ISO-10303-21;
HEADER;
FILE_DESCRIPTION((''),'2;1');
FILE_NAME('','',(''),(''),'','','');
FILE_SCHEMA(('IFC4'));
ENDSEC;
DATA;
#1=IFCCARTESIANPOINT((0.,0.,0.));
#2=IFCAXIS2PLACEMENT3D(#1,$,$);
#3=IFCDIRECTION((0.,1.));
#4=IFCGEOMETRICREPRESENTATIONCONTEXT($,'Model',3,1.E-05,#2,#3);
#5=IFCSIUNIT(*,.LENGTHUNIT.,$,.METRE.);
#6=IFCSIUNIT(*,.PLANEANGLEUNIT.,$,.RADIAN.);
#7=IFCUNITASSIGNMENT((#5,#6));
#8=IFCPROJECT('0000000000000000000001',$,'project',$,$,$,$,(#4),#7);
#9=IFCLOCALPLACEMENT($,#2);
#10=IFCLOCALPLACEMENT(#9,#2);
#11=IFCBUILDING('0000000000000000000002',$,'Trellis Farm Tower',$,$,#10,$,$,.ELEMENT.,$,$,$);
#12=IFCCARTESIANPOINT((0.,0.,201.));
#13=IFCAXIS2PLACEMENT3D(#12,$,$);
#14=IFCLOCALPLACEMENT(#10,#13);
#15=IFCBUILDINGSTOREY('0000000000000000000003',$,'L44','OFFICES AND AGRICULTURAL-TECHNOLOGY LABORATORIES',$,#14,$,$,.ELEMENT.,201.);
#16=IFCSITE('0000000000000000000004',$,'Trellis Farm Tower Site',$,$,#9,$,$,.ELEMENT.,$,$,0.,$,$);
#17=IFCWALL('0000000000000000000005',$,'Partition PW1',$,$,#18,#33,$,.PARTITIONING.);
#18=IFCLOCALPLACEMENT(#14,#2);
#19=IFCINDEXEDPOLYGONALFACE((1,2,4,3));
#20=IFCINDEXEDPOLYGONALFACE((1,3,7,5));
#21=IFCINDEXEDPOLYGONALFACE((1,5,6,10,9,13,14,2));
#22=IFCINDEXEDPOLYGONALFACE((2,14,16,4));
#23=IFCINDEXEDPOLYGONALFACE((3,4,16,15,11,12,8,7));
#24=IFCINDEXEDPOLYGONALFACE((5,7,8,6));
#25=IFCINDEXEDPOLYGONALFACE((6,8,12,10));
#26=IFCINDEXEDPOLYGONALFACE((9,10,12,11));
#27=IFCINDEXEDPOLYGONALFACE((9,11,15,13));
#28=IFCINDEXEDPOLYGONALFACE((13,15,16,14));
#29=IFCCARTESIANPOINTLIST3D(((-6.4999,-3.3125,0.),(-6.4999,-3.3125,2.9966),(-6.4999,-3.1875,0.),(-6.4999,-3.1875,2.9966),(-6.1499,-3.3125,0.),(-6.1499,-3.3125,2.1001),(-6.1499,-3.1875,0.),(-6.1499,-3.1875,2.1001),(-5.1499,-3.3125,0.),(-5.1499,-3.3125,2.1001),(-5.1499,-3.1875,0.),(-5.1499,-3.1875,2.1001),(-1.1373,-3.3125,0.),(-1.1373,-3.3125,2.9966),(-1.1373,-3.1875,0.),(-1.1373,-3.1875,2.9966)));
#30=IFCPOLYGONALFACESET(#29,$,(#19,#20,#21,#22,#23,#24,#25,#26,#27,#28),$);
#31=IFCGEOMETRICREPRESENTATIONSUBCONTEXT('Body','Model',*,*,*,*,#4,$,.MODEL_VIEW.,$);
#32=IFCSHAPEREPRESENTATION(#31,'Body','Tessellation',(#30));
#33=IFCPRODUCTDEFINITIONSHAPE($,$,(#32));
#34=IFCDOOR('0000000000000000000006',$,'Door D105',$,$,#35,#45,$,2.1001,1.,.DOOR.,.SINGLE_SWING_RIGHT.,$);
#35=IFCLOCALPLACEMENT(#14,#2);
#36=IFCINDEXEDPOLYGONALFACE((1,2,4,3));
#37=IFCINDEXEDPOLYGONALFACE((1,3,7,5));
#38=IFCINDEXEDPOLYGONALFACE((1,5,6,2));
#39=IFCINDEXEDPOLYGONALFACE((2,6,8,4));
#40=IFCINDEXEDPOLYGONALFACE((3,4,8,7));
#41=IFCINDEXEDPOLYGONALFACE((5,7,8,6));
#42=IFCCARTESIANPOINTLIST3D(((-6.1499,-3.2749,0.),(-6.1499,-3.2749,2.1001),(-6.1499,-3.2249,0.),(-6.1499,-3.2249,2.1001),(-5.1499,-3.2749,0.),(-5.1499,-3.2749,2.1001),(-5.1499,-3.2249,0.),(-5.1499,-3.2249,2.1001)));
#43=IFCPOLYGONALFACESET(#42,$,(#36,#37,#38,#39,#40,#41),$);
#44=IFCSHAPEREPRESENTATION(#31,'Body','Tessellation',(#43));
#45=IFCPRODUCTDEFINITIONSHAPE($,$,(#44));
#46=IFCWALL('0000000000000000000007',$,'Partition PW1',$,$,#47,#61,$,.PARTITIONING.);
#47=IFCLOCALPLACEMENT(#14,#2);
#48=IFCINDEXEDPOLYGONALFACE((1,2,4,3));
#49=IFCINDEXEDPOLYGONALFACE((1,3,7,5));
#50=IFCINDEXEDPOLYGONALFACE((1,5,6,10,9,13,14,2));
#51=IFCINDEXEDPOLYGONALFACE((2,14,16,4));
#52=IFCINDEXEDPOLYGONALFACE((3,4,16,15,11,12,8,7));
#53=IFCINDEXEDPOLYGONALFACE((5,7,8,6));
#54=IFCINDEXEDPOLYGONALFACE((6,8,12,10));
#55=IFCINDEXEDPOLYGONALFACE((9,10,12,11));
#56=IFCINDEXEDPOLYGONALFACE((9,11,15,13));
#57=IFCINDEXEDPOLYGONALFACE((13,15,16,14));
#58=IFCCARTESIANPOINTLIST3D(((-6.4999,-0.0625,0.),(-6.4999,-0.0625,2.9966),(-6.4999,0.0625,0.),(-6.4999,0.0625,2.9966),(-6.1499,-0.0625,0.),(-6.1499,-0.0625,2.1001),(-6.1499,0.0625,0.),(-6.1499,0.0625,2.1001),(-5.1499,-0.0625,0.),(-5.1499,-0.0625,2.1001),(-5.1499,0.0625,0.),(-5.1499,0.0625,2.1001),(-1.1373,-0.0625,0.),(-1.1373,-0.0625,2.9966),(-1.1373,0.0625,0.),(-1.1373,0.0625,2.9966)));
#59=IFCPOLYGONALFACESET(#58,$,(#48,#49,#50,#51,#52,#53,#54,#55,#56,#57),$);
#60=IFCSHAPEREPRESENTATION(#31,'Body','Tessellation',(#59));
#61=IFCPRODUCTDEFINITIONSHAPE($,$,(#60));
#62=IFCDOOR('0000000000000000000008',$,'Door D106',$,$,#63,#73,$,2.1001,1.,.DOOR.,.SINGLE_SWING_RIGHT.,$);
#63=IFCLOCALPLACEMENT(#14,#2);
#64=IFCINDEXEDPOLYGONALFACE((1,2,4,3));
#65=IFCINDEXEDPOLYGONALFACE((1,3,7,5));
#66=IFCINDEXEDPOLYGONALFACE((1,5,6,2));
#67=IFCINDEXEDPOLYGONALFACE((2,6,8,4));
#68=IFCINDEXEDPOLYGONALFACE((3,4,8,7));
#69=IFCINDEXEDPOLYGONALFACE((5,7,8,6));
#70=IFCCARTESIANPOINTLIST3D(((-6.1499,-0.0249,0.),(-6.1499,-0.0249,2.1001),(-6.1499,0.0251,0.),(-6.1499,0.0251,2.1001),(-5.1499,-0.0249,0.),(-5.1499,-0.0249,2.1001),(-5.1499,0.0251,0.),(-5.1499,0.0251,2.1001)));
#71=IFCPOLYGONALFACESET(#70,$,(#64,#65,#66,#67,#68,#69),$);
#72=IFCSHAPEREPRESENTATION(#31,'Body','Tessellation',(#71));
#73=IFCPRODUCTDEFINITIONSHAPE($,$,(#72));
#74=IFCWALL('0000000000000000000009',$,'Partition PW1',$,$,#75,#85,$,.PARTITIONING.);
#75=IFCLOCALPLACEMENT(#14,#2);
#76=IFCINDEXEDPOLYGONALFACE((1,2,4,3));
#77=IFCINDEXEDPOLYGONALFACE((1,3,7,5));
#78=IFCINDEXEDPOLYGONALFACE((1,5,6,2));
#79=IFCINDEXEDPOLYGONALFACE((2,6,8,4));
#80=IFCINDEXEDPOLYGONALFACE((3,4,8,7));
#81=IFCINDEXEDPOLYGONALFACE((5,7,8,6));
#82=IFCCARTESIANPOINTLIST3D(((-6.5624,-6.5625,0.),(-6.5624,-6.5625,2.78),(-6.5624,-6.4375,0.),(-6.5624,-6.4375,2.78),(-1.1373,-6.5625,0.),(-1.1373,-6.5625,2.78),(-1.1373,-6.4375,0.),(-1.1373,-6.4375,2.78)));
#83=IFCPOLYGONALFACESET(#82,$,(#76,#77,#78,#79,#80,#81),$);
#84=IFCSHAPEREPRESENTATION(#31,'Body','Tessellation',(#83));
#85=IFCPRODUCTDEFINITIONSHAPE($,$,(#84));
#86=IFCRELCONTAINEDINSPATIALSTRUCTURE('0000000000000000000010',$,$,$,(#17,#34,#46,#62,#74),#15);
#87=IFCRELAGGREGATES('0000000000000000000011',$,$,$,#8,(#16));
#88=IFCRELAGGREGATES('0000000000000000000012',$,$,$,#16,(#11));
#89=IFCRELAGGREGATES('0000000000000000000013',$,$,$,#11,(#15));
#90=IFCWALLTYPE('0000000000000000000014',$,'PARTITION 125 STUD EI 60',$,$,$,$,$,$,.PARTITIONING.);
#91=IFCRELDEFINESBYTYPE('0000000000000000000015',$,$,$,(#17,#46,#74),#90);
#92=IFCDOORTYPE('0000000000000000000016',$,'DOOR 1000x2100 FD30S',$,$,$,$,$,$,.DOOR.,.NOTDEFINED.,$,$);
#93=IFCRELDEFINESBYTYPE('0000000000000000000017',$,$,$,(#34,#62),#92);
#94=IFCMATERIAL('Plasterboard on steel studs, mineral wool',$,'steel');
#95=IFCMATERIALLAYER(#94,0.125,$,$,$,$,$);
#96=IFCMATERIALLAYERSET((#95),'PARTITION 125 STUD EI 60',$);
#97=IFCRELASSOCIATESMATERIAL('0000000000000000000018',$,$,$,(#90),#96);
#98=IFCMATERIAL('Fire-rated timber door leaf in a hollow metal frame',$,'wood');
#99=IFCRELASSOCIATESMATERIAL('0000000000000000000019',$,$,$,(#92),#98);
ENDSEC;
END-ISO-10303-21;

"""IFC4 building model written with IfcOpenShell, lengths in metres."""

from ifc_helpers import new_model, si_unit, direction, frame, frame_2d, origin, place, context, subcontext, project, spatial, rectangle, extrude, source, transform, mapped, material, layer, layer_set, type_object, element, fill, save


model = new_model("IFC4")

# Units and contexts
model_context = context("Model", 3, precision=1e-05, world=origin(), true_north=direction((0.0, 1.0)))
body_context = subcontext(model_context, "Body", "Model", "MODEL_VIEW")
ifc_project = project(units=[si_unit("LENGTHUNIT", "METRE"), si_unit("PLANEANGLEUNIT", "RADIAN")], contexts=[model_context])

# Site, building, storey
site_placement = place(None, origin())
site = spatial("IfcSite", under=ifc_project, at=site_placement, Name="Trellis Farm Tower Site", CompositionType="ELEMENT", RefElevation=0.0)
building_placement = place(site_placement, origin())
building = spatial("IfcBuilding", under=site, at=building_placement, Name="Trellis Farm Tower", CompositionType="ELEMENT")
storey_placement = place(building_placement, frame((0.0, 0.0, 201.0)))
storey = spatial("IfcBuildingStorey", under=building, at=storey_placement, Name="L44", Description="OFFICES AND AGRICULTURAL-TECHNOLOGY LABORATORIES", CompositionType="ELEMENT", Elevation=201.0)

# Shared definitions
ifc_material_1 = material(Name="Plasterboard on steel studs, mineral wool", Category="steel")
ifc_layer_1 = layer(ifc_material_1, 0.125)
ifc_layer_set_1 = layer_set([ifc_layer_1], Name="PARTITION 125 STUD EI 60")
wall_type = type_object("IfcWallType", Name="PARTITION 125 STUD EI 60", PredefinedType="PARTITIONING", material=ifc_layer_set_1)

# Walls, openings, doors
shared_shape_1 = source(origin(), body_context, "Body", "SweptSolid", [
    extrude(rectangle(XDim=5.3625, YDim=0.125, at=frame_2d((2.6812, 0.0))), origin(), (0.0, 0.0, 1.0), 2.9966),
])
wall_1_placement = place(storey_placement, frame((-1.1375, -3.25, 0.0), z_axis=(0.0, 0.0, 1.0), x_axis=(-1.0, 0.0, 0.0)))
wall_1 = element("IfcWall", 1, at=wall_1_placement, inside=storey, type_object=wall_type, Name="Partition PW1", PredefinedType="PARTITIONING", context=body_context, shape_type="MappedRepresentation", body=[
    mapped(shared_shape_1, transform((0.0, 0.0, 0.0))),
])
shared_shape_2 = source(origin(), body_context, "Body", "SweptSolid", [
    extrude(rectangle(XDim=1.0, YDim=2.1001, at=frame_2d((0.5, 1.05))), frame((0.0, 0.0725, 0.0), z_axis=(0.0, -1.0, 0.0), x_axis=(1.0, 0.0, 0.0)), (0.0, 0.0, 1.0), 0.145),
])
opening_1_placement = place(wall_1_placement, frame((4.0125, 0.0, 0.0)))
opening_1 = element("IfcOpeningElement", 2, at=opening_1_placement, cuts=wall_1, PredefinedType="OPENING", context=body_context, shape_type="MappedRepresentation", body=[
    mapped(shared_shape_2, transform((0.0, 0.0, 0.0))),
])
ifc_material_2 = material(Name="Fire-rated timber door leaf in a hollow metal frame", Category="wood")
door_type = type_object("IfcDoorType", Name="DOOR 1000x2100 FD30S", OperationType="NOTDEFINED", PredefinedType="DOOR", material=ifc_material_2)
shared_shape_3 = source(origin(), body_context, "Body", "SweptSolid", [
    extrude(rectangle(XDim=1.0, YDim=2.1001, at=frame_2d((0.5, 1.05))), frame((0.0, 0.0249, 0.0), z_axis=(0.0, -1.0, 0.0), x_axis=(1.0, 0.0, 0.0)), (0.0, 0.0, 1.0), 0.05),
])
door_1_placement = place(opening_1_placement, origin())
door_1 = element("IfcDoor", 3, at=door_1_placement, inside=storey, type_object=door_type, Name="Door D105", OperationType="SINGLE_SWING_RIGHT", OverallHeight=2.1001, OverallWidth=1.0, PredefinedType="DOOR", context=body_context, shape_type="MappedRepresentation", body=[
    mapped(shared_shape_3, transform((0.0, 0.0, 0.0))),
])
fill(opening_1, door_1)
wall_2_placement = place(storey_placement, frame((-1.1375, 0.0, 0.0), z_axis=(0.0, 0.0, 1.0), x_axis=(-1.0, 0.0, 0.0)))
wall_2 = element("IfcWall", 4, at=wall_2_placement, inside=storey, type_object=wall_type, Name="Partition PW1", PredefinedType="PARTITIONING", context=body_context, shape_type="MappedRepresentation", body=[
    mapped(shared_shape_1, transform((0.0, 0.0, 0.0))),
])
opening_2_placement = place(wall_2_placement, frame((4.0125, 0.0, 0.0)))
opening_2 = element("IfcOpeningElement", 5, at=opening_2_placement, cuts=wall_2, PredefinedType="OPENING", context=body_context, shape_type="MappedRepresentation", body=[
    mapped(shared_shape_2, transform((0.0, 0.0, 0.0))),
])
door_2_placement = place(opening_2_placement, origin())
door_2 = element("IfcDoor", 6, at=door_2_placement, inside=storey, type_object=door_type, Name="Door D106", OperationType="SINGLE_SWING_RIGHT", OverallHeight=2.1001, OverallWidth=1.0, PredefinedType="DOOR", context=body_context, shape_type="MappedRepresentation", body=[
    mapped(shared_shape_3, transform((0.0, 0.0, 0.0))),
])
fill(opening_2, door_2)

# Wall
shared_shape_4 = source(origin(), body_context, "Body", "SweptSolid", [
    extrude(rectangle(XDim=5.425, YDim=0.125, at=frame_2d((2.7124, 0.0))), origin(), (0.0, 0.0, 1.0), 2.78),
])
wall_3_placement = place(storey_placement, frame((-1.1375, -6.5, 0.0), z_axis=(0.0, 0.0, 1.0), x_axis=(-1.0, 0.0, 0.0)))
element("IfcWall", 7, at=wall_3_placement, inside=storey, type_object=wall_type, Name="Partition PW1", PredefinedType="PARTITIONING", context=body_context, shape_type="MappedRepresentation", body=[
    mapped(shared_shape_4, transform((0.0, 0.0, 0.0))),
])

save(model, "model.ifc")
